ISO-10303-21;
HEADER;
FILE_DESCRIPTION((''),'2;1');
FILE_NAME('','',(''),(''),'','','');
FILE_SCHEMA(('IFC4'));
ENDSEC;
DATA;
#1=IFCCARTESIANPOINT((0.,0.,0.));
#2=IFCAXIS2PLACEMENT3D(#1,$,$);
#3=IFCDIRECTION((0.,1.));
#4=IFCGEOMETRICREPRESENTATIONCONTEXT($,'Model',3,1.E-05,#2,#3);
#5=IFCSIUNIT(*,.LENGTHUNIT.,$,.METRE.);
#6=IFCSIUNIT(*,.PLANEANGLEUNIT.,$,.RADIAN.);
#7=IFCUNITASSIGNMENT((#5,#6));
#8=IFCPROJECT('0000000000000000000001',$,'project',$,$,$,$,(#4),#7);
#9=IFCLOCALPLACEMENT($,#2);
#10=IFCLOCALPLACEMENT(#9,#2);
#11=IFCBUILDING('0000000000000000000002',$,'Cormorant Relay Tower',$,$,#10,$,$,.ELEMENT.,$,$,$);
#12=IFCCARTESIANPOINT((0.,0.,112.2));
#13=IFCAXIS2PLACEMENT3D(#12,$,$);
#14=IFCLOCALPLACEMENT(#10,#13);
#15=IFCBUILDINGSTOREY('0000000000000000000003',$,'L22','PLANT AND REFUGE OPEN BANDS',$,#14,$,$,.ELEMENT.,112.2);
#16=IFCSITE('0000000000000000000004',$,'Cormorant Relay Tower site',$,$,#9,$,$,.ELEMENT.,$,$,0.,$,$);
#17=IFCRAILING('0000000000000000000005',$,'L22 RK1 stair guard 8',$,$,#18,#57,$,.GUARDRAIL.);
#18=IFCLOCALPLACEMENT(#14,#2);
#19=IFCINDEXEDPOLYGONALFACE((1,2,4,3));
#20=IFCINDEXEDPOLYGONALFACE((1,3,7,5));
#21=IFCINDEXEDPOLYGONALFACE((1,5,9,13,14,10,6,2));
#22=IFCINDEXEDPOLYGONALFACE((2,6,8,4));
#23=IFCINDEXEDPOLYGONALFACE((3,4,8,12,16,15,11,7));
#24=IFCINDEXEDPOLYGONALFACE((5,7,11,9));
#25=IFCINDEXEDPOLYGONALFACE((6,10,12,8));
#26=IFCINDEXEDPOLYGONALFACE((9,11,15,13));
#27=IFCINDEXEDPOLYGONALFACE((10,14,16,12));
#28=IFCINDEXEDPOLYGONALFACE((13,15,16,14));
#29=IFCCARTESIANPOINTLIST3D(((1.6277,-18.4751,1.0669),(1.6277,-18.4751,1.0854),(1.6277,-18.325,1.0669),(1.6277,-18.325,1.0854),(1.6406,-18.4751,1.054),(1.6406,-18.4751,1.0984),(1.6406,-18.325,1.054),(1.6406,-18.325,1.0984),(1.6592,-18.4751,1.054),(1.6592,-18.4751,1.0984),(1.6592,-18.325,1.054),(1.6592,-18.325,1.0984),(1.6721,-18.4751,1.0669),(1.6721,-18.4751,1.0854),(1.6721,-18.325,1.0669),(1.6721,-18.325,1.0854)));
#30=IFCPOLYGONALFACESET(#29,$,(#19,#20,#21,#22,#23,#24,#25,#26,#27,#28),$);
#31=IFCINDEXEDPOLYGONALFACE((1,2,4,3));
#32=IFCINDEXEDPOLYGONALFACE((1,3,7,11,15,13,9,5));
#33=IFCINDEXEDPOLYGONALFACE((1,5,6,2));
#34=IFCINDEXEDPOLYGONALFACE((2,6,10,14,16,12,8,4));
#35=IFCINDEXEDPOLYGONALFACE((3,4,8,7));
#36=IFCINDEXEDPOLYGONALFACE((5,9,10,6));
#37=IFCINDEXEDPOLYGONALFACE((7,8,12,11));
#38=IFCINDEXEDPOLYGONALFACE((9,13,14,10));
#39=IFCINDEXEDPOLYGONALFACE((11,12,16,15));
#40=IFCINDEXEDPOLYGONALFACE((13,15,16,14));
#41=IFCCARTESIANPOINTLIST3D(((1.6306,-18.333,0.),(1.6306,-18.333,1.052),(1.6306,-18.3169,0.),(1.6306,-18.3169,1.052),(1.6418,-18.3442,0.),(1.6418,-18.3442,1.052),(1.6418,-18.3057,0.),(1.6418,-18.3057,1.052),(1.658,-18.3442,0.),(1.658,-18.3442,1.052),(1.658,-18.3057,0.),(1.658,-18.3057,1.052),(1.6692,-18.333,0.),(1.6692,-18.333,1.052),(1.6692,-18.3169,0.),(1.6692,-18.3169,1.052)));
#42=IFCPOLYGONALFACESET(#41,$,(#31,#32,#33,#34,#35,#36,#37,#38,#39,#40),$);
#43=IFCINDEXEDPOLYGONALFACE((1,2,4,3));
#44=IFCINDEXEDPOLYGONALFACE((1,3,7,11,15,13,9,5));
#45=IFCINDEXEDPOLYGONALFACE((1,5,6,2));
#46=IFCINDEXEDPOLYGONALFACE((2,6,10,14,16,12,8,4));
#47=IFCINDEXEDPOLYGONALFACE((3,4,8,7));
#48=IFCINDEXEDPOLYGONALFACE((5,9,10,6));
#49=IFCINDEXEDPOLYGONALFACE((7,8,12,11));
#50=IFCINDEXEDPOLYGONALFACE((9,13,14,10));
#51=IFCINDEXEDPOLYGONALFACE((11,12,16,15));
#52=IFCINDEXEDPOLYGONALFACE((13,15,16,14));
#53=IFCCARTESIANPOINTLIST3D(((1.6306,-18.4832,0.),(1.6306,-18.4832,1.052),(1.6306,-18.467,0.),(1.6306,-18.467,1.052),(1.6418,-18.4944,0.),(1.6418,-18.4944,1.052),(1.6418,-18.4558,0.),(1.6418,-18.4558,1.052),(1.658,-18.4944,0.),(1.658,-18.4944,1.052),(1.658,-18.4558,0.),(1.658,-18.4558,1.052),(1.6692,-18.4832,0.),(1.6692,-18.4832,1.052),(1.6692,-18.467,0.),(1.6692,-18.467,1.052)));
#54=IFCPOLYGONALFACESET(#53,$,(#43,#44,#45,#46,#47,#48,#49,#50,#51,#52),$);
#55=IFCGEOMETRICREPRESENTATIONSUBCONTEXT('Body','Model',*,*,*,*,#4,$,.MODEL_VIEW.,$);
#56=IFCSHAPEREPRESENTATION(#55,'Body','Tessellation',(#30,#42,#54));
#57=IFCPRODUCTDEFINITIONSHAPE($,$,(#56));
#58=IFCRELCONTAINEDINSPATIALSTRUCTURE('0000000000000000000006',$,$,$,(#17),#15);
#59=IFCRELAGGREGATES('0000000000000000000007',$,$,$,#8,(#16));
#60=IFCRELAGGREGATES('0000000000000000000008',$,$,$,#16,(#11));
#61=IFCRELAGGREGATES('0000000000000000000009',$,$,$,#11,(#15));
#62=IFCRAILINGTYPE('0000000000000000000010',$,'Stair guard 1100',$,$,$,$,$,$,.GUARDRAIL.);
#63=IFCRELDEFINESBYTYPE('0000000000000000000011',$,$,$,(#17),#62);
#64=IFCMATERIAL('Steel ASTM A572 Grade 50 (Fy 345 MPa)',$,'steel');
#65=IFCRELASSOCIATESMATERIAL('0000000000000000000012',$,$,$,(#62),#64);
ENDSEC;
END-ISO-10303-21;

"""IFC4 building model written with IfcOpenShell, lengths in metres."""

from ifc_helpers import new_model, si_unit, direction, frame, origin, place, context, subcontext, project, spatial, polyline, outline, extrude, material, type_object, element, save


model = new_model("IFC4")

# Units and contexts
model_context = context("Model", 3, precision=1e-05, world=origin(), true_north=direction((0.0, 1.0)))
body_context = subcontext(model_context, "Body", "Model", "MODEL_VIEW")
ifc_project = project(units=[si_unit("LENGTHUNIT", "METRE"), si_unit("PLANEANGLEUNIT", "RADIAN")], contexts=[model_context])

# Site, building, storey
site_placement = place(None, origin())
site = spatial("IfcSite", under=ifc_project, at=site_placement, Name="Cormorant Relay Tower site", CompositionType="ELEMENT", RefElevation=0.0)
building_placement = place(site_placement, origin())
building = spatial("IfcBuilding", under=site, at=building_placement, Name="Cormorant Relay Tower", CompositionType="ELEMENT")
storey_placement = place(building_placement, frame((0.0, 0.0, 112.2)))
storey = spatial("IfcBuildingStorey", under=building, at=storey_placement, Name="L22", Description="PLANT AND REFUGE OPEN BANDS", CompositionType="ELEMENT", Elevation=112.2)

# Railing
ifc_material_1 = material(Name="Steel ASTM A572 Grade 50 (Fy 345 MPa)", Category="steel")
railing_type_1 = type_object("IfcRailingType", Name="Stair guard 1100", PredefinedType="GUARDRAIL", material=ifc_material_1)
for number, where, name in (
    (1, (1.6499, -18.325, 0.0), "L22 RK1 stair guard 8"),
):
    element("IfcRailing", number, at=place(storey_placement, frame(where)), inside=storey, type_object=railing_type_1, Name=name, PredefinedType="GUARDRAIL", context=body_context, shape_type="SweptSolid", body=[
        extrude(outline(polyline([(0.0222, 0.0093), (0.0093, 0.0222), (-0.0093, 0.0222), (-0.0222, 0.0093), (-0.0222, -0.0093), (-0.0093, -0.0222), (0.0093, -0.0222), (0.0222, -0.0093), (0.0222, 0.0093)])), frame((0.0, 0.0, 1.0762), z_axis=(0.0, -1.0, 0.0), x_axis=(1.0, 0.0, 0.0)), (0.0, 0.0, 1.0), 0.1501),
        extrude(outline(polyline([(0.0193, 0.0081), (0.0081, 0.0193), (-0.0081, 0.0193), (-0.0193, 0.0081), (-0.0193, -0.0081), (-0.0081, -0.0193), (0.0081, -0.0193), (0.0193, -0.0081), (0.0193, 0.0081)])), origin(), (0.0, 0.0, 1.0), 1.052),
        extrude(outline(polyline([(0.0193, 0.0081), (0.0081, 0.0193), (-0.0081, 0.0193), (-0.0193, 0.0081), (-0.0193, -0.0081), (-0.0081, -0.0193), (0.0081, -0.0193), (0.0193, -0.0081), (0.0193, 0.0081)])), frame((0.0, -0.1501, 0.0)), (0.0, 0.0, 1.0), 1.052),
    ])

save(model, "model.ifc")
